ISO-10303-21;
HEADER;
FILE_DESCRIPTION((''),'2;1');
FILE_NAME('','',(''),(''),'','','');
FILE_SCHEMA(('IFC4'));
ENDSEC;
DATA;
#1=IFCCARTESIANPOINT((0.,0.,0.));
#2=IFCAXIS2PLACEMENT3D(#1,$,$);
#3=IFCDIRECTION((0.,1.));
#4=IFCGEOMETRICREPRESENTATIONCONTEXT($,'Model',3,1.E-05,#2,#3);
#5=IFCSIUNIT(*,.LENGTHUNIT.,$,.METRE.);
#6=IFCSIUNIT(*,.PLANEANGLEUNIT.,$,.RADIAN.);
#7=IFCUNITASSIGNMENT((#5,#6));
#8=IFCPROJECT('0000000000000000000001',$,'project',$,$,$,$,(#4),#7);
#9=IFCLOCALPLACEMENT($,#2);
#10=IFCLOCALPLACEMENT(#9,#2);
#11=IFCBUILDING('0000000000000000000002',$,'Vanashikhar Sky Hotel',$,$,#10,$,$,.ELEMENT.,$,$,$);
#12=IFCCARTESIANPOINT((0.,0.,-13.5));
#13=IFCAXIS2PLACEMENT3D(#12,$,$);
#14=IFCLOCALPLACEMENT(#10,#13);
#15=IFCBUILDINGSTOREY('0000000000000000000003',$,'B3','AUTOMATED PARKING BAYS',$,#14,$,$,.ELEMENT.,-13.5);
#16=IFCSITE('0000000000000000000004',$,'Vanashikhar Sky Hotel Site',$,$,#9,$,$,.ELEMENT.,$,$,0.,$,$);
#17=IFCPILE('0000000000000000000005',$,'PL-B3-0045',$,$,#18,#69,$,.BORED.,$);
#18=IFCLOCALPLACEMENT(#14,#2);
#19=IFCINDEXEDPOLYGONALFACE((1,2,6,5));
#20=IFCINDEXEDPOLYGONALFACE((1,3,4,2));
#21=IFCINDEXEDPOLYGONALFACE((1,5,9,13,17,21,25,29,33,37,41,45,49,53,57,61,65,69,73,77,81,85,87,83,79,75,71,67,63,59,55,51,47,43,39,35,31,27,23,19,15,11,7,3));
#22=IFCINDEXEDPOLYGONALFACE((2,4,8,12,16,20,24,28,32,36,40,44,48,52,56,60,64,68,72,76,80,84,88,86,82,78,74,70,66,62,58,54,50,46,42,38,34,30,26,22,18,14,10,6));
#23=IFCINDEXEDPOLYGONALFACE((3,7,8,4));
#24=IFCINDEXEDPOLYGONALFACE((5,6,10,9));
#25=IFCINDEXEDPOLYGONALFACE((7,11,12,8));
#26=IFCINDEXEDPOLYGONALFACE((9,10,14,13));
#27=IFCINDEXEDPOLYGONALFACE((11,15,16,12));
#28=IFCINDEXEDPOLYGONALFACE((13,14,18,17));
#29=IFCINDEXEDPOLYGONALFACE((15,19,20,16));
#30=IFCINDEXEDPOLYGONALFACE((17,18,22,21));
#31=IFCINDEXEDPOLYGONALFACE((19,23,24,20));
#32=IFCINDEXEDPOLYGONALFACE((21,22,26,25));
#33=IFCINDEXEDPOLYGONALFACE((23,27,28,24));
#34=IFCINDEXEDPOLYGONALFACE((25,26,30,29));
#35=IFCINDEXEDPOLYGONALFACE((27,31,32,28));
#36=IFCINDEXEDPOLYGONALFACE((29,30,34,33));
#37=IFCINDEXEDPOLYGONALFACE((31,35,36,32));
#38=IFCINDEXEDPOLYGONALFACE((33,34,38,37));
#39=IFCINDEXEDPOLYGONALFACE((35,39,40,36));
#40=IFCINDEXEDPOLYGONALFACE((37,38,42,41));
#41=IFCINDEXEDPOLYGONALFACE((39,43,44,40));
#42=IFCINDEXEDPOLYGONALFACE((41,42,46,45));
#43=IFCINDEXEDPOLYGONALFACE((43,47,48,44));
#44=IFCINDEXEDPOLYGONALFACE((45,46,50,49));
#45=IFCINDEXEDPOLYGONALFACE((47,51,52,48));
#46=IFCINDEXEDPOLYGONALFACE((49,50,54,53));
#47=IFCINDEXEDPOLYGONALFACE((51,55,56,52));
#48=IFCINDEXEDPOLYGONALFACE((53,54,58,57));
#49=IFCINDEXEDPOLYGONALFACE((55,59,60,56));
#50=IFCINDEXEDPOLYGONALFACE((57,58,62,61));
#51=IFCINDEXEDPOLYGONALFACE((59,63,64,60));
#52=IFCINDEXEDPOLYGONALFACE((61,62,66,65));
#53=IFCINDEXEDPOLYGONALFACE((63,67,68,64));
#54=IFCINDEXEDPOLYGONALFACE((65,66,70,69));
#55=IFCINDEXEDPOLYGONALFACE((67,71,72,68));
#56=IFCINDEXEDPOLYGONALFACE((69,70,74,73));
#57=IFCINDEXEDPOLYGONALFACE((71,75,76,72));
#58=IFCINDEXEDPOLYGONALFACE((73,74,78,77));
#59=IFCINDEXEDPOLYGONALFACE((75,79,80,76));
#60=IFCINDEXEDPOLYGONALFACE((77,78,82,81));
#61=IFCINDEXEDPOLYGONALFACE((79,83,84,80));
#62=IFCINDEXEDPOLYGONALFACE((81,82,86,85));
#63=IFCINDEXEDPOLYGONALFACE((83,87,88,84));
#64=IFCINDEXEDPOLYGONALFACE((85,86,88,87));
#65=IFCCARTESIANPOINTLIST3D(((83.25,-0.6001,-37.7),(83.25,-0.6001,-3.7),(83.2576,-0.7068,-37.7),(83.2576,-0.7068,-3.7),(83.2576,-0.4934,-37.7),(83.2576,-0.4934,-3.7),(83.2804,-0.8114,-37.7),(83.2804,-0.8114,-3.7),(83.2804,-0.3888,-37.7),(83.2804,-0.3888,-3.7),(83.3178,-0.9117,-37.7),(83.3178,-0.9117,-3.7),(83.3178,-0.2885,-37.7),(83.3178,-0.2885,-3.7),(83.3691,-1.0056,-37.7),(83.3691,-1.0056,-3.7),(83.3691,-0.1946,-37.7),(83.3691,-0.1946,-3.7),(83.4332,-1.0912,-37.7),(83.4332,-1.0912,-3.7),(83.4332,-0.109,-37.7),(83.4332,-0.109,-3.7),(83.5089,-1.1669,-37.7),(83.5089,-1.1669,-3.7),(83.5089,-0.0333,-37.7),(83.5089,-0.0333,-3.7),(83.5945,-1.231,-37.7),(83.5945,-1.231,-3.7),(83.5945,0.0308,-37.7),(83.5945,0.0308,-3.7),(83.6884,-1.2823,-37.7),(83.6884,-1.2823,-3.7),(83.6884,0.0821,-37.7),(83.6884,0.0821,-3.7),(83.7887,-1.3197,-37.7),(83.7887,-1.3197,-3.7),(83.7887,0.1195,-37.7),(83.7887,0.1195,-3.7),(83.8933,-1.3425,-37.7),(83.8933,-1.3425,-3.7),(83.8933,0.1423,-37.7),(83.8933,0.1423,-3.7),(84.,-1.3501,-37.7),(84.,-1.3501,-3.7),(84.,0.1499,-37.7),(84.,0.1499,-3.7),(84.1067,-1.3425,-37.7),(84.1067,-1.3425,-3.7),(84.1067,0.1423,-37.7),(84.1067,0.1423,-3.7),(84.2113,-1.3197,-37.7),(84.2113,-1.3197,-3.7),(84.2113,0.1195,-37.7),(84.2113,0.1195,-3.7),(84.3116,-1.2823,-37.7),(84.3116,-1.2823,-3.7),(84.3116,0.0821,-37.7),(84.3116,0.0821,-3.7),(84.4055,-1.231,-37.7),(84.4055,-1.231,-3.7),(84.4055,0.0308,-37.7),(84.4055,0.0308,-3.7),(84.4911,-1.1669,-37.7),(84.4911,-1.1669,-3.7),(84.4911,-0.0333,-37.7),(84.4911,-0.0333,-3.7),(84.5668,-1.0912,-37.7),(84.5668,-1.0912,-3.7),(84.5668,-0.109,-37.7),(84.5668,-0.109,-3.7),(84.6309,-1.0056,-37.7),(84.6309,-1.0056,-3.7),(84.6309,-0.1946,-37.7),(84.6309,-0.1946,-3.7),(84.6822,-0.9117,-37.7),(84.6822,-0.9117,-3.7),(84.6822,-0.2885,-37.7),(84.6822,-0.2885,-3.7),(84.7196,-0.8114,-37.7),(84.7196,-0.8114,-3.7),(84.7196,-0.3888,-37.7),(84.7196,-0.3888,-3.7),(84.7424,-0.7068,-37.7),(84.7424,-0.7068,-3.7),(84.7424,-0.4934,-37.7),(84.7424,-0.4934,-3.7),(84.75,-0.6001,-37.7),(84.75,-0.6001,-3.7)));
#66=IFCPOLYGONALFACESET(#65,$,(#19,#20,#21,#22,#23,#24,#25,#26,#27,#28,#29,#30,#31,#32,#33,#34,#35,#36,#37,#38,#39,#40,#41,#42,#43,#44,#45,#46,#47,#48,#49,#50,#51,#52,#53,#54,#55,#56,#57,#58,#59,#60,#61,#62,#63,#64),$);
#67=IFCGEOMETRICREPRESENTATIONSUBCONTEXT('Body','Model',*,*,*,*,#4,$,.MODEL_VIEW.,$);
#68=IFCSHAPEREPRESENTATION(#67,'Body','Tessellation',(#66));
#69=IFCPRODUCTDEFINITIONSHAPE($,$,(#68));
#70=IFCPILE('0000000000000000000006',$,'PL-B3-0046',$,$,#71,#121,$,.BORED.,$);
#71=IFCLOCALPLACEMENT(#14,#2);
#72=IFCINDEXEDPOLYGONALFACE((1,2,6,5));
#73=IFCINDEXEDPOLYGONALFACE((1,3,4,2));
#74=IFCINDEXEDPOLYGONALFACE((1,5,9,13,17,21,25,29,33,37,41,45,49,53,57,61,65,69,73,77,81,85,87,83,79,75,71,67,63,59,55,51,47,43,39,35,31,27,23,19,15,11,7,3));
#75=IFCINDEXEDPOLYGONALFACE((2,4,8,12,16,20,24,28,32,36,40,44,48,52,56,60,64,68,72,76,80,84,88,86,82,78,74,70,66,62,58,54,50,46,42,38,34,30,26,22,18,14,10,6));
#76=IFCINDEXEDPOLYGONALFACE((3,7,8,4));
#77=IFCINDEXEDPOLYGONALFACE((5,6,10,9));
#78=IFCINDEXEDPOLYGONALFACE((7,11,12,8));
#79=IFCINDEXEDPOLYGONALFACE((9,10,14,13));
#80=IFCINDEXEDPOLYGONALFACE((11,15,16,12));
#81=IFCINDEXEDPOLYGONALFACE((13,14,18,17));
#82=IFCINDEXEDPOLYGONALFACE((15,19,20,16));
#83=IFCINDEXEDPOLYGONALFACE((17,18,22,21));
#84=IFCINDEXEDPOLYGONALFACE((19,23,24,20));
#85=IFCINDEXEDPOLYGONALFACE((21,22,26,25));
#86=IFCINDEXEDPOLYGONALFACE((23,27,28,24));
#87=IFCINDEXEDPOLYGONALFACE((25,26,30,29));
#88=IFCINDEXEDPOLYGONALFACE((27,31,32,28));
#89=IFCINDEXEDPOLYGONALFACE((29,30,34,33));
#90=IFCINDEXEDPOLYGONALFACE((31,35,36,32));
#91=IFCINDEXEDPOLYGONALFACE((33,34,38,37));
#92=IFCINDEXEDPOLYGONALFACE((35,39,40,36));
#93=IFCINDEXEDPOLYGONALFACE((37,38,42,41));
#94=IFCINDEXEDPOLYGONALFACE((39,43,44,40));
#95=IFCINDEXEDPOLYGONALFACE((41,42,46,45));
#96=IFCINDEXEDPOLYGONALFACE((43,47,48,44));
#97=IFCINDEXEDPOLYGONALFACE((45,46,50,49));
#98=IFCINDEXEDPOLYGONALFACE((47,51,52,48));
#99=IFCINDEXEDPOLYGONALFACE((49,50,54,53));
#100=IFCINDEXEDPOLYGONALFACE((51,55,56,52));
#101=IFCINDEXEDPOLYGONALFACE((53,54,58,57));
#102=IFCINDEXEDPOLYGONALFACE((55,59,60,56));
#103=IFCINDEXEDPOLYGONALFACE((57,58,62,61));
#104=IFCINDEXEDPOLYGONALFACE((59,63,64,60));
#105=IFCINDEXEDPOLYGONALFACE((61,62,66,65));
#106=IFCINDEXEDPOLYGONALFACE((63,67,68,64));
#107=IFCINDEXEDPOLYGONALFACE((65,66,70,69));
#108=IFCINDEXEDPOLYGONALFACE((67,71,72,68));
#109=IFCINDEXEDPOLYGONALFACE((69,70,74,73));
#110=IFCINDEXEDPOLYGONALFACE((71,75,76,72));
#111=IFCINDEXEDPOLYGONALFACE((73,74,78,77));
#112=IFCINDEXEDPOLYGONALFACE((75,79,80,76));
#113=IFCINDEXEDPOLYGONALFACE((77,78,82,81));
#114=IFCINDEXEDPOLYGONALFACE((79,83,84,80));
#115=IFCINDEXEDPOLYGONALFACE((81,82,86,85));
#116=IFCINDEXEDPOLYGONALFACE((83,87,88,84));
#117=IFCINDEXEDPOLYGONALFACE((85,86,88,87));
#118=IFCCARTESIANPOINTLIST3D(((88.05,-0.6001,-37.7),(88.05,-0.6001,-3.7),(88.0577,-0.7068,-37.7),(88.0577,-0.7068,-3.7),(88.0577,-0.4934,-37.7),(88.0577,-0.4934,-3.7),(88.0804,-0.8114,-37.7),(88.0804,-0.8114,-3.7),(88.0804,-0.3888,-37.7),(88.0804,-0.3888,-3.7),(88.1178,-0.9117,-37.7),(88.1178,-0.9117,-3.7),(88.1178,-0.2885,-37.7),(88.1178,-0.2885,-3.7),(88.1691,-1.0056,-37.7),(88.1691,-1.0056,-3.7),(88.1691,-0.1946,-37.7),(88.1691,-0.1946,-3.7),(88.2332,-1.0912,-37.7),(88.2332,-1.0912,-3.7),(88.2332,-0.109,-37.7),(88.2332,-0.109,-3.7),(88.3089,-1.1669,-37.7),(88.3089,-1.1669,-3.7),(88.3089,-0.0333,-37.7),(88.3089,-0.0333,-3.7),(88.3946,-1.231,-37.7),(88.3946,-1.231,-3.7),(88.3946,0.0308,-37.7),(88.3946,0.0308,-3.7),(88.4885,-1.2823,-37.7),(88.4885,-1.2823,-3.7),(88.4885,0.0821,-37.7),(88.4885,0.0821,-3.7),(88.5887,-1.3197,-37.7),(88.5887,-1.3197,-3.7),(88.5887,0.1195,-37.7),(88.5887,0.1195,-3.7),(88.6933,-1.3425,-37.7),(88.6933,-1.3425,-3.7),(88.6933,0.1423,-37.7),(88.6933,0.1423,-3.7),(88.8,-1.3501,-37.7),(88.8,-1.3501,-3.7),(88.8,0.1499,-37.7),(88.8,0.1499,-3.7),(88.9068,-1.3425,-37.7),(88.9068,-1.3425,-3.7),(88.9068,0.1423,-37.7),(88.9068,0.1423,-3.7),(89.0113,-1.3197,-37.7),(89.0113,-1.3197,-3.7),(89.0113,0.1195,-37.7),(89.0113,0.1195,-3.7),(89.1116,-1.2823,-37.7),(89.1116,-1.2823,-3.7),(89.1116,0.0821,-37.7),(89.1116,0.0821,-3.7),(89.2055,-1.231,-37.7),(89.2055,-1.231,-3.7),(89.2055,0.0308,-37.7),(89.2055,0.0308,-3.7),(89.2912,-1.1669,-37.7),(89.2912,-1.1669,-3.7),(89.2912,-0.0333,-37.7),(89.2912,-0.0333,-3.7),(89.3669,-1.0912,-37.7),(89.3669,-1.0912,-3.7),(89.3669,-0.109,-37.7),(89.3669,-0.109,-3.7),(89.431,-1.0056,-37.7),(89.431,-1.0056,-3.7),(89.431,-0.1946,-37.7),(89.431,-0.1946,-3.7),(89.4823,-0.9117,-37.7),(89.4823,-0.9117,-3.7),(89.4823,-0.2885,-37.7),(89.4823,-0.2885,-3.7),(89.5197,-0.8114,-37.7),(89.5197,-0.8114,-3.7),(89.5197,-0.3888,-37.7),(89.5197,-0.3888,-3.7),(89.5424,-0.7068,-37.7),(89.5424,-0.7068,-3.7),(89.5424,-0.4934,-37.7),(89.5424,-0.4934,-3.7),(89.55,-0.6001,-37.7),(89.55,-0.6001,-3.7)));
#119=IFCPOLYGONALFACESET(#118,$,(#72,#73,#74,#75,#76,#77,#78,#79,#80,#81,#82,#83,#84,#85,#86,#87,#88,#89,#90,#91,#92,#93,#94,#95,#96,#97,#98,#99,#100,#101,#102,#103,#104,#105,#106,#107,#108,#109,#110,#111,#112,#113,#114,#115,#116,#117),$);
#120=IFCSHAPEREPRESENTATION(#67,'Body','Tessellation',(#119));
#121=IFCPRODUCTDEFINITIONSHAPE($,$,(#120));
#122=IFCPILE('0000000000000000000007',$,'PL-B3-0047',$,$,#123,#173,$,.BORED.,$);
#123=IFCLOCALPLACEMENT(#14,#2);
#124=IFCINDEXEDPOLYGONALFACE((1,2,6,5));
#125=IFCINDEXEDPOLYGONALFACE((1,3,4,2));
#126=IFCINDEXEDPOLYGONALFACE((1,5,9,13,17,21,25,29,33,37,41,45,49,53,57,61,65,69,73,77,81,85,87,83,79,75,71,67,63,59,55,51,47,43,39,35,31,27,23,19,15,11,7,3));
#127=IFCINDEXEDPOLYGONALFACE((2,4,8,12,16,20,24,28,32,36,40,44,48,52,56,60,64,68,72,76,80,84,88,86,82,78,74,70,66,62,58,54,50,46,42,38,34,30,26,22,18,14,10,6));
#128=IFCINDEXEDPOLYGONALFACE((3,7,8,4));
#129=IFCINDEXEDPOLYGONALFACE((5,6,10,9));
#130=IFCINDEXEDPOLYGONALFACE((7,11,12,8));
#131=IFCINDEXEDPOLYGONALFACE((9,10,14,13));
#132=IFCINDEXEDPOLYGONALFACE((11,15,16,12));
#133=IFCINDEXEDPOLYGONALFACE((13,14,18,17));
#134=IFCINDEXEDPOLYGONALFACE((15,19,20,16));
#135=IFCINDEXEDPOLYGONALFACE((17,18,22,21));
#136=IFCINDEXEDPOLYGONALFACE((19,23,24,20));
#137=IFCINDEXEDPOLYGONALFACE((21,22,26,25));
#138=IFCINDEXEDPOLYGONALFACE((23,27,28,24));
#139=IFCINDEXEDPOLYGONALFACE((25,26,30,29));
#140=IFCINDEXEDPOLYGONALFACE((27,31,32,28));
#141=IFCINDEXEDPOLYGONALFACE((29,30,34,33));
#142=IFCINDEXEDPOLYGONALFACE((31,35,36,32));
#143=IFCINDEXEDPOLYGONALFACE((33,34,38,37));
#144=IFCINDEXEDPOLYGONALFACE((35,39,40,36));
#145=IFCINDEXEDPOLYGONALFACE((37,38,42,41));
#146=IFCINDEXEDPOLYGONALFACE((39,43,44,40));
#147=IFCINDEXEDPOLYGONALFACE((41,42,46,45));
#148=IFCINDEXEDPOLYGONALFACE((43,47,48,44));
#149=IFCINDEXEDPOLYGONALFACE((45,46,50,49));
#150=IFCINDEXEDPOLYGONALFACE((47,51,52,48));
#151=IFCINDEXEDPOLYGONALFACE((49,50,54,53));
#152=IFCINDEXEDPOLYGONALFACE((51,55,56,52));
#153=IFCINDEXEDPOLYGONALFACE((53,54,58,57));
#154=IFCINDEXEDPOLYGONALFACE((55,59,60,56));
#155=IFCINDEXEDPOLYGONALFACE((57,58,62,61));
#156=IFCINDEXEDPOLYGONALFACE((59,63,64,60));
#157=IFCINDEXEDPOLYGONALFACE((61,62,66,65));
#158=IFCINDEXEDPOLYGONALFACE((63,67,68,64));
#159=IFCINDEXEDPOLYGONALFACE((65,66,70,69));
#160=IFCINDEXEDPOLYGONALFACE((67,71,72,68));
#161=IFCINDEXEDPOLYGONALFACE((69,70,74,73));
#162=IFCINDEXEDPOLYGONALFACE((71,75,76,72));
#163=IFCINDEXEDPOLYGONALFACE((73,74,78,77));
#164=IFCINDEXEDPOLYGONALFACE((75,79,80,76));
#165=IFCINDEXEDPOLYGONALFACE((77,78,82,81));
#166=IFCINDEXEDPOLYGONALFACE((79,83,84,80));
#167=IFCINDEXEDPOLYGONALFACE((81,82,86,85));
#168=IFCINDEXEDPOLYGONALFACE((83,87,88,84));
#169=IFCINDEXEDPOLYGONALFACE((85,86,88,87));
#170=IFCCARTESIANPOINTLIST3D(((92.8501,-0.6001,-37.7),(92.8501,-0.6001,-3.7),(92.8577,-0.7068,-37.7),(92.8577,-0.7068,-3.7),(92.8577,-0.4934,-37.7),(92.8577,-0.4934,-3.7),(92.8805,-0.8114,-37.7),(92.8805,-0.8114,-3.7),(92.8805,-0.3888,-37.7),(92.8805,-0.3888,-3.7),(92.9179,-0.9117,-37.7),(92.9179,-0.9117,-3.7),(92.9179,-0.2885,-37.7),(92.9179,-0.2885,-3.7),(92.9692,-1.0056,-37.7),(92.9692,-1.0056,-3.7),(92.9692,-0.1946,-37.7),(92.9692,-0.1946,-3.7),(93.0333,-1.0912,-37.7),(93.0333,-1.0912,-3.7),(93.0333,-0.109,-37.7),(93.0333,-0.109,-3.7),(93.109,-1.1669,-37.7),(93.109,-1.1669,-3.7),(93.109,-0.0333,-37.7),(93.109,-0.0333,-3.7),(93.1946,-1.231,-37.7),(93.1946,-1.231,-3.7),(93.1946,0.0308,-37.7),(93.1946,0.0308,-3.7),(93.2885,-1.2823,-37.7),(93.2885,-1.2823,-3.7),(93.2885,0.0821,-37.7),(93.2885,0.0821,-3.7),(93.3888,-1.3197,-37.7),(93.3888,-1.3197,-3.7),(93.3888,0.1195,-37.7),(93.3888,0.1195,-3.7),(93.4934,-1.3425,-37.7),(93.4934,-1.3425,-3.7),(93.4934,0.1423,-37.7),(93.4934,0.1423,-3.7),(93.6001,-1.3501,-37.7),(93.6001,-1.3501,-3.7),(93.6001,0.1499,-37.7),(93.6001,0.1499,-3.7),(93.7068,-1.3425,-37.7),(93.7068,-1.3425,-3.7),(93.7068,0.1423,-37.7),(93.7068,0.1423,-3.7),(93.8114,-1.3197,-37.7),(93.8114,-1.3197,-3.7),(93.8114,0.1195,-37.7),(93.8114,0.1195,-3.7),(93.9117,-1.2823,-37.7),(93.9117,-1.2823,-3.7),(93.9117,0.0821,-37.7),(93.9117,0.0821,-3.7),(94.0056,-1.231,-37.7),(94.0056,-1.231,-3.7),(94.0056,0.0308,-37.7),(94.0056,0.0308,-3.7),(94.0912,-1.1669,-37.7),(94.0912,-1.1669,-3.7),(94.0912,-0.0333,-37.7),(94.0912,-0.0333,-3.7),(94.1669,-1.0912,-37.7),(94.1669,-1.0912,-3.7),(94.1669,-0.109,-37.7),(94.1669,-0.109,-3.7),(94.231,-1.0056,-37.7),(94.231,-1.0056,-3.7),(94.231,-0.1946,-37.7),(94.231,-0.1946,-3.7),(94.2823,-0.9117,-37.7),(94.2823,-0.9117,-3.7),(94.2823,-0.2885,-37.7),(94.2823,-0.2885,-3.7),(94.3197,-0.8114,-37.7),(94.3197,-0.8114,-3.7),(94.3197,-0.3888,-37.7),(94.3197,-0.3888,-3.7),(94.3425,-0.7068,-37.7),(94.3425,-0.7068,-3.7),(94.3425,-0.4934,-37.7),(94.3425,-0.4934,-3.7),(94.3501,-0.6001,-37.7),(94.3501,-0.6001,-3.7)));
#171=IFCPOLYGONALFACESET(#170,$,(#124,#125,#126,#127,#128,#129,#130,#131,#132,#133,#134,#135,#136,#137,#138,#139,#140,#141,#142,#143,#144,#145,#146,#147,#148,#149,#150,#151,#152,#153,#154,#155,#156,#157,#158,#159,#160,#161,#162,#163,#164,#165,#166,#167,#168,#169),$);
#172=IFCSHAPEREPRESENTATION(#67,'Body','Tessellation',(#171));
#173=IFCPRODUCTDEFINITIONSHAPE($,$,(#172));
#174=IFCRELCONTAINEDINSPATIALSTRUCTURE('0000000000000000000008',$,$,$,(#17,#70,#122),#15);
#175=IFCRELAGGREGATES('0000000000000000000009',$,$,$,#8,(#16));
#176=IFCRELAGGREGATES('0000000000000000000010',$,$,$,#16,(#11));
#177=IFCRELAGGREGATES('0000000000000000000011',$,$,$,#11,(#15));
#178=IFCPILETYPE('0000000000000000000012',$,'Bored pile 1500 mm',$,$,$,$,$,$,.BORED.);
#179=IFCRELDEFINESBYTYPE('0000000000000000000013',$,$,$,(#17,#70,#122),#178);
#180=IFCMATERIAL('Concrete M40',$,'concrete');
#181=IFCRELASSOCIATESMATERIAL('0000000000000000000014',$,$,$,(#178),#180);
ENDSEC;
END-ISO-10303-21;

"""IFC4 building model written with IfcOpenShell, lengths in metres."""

from ifc_helpers import new_model, si_unit, direction, frame, origin, origin_2d, place, context, subcontext, project, spatial, circle, extrude, source, transform, mapped, material, type_object, element, save


model = new_model("IFC4")

# Units and contexts
model_context = context("Model", 3, precision=1e-05, world=origin(), true_north=direction((0.0, 1.0)))
body_context = subcontext(model_context, "Body", "Model", "MODEL_VIEW")
ifc_project = project(units=[si_unit("LENGTHUNIT", "METRE"), si_unit("PLANEANGLEUNIT", "RADIAN")], contexts=[model_context])

# Site, building, storey
site_placement = place(None, origin())
site = spatial("IfcSite", under=ifc_project, at=site_placement, Name="Vanashikhar Sky Hotel Site", CompositionType="ELEMENT", RefElevation=0.0)
building_placement = place(site_placement, origin())
building = spatial("IfcBuilding", under=site, at=building_placement, Name="Vanashikhar Sky Hotel", CompositionType="ELEMENT")
storey_placement = place(building_placement, frame((0.0, 0.0, -13.5)))
storey = spatial("IfcBuildingStorey", under=building, at=storey_placement, Name="B3", Description="AUTOMATED PARKING BAYS", CompositionType="ELEMENT", Elevation=-13.5)

# Piles
ifc_material_1 = material(Name="Concrete M40", Category="concrete")
pile_type = type_object("IfcPileType", Name="Bored pile 1500 mm", PredefinedType="BORED", material=ifc_material_1)
shared_shape_1 = source(origin(), body_context, "Body", "SweptSolid", [
    extrude(circle(Radius=0.75, at=origin_2d()), origin(), (0.0, 0.0, 1.0), 34.0),
])
for number, where, z_axis, x_axis, name in (
    (1, (84.0, -0.6001, -3.7), (0.0, 0.0, -1.0), (1.0, 0.0, 0.0), "PL-B3-0045"),
    (2, (88.8, -0.6001, -3.7), (0.0, 0.0, -1.0), (1.0, 0.0, 0.0), "PL-B3-0046"),
    (3, (93.6001, -0.6001, -3.7), (0.0, 0.0, -1.0), (1.0, 0.0, 0.0), "PL-B3-0047"),
):
    element("IfcPile", number, at=place(storey_placement, frame(where, z_axis=z_axis, x_axis=x_axis)), inside=storey, type_object=pile_type, Name=name, PredefinedType="BORED", context=body_context, shape_type="MappedRepresentation", body=[
        mapped(shared_shape_1, transform((0.0, 0.0, 0.0), scale=1.0)),
    ])

save(model, "model.ifc")
